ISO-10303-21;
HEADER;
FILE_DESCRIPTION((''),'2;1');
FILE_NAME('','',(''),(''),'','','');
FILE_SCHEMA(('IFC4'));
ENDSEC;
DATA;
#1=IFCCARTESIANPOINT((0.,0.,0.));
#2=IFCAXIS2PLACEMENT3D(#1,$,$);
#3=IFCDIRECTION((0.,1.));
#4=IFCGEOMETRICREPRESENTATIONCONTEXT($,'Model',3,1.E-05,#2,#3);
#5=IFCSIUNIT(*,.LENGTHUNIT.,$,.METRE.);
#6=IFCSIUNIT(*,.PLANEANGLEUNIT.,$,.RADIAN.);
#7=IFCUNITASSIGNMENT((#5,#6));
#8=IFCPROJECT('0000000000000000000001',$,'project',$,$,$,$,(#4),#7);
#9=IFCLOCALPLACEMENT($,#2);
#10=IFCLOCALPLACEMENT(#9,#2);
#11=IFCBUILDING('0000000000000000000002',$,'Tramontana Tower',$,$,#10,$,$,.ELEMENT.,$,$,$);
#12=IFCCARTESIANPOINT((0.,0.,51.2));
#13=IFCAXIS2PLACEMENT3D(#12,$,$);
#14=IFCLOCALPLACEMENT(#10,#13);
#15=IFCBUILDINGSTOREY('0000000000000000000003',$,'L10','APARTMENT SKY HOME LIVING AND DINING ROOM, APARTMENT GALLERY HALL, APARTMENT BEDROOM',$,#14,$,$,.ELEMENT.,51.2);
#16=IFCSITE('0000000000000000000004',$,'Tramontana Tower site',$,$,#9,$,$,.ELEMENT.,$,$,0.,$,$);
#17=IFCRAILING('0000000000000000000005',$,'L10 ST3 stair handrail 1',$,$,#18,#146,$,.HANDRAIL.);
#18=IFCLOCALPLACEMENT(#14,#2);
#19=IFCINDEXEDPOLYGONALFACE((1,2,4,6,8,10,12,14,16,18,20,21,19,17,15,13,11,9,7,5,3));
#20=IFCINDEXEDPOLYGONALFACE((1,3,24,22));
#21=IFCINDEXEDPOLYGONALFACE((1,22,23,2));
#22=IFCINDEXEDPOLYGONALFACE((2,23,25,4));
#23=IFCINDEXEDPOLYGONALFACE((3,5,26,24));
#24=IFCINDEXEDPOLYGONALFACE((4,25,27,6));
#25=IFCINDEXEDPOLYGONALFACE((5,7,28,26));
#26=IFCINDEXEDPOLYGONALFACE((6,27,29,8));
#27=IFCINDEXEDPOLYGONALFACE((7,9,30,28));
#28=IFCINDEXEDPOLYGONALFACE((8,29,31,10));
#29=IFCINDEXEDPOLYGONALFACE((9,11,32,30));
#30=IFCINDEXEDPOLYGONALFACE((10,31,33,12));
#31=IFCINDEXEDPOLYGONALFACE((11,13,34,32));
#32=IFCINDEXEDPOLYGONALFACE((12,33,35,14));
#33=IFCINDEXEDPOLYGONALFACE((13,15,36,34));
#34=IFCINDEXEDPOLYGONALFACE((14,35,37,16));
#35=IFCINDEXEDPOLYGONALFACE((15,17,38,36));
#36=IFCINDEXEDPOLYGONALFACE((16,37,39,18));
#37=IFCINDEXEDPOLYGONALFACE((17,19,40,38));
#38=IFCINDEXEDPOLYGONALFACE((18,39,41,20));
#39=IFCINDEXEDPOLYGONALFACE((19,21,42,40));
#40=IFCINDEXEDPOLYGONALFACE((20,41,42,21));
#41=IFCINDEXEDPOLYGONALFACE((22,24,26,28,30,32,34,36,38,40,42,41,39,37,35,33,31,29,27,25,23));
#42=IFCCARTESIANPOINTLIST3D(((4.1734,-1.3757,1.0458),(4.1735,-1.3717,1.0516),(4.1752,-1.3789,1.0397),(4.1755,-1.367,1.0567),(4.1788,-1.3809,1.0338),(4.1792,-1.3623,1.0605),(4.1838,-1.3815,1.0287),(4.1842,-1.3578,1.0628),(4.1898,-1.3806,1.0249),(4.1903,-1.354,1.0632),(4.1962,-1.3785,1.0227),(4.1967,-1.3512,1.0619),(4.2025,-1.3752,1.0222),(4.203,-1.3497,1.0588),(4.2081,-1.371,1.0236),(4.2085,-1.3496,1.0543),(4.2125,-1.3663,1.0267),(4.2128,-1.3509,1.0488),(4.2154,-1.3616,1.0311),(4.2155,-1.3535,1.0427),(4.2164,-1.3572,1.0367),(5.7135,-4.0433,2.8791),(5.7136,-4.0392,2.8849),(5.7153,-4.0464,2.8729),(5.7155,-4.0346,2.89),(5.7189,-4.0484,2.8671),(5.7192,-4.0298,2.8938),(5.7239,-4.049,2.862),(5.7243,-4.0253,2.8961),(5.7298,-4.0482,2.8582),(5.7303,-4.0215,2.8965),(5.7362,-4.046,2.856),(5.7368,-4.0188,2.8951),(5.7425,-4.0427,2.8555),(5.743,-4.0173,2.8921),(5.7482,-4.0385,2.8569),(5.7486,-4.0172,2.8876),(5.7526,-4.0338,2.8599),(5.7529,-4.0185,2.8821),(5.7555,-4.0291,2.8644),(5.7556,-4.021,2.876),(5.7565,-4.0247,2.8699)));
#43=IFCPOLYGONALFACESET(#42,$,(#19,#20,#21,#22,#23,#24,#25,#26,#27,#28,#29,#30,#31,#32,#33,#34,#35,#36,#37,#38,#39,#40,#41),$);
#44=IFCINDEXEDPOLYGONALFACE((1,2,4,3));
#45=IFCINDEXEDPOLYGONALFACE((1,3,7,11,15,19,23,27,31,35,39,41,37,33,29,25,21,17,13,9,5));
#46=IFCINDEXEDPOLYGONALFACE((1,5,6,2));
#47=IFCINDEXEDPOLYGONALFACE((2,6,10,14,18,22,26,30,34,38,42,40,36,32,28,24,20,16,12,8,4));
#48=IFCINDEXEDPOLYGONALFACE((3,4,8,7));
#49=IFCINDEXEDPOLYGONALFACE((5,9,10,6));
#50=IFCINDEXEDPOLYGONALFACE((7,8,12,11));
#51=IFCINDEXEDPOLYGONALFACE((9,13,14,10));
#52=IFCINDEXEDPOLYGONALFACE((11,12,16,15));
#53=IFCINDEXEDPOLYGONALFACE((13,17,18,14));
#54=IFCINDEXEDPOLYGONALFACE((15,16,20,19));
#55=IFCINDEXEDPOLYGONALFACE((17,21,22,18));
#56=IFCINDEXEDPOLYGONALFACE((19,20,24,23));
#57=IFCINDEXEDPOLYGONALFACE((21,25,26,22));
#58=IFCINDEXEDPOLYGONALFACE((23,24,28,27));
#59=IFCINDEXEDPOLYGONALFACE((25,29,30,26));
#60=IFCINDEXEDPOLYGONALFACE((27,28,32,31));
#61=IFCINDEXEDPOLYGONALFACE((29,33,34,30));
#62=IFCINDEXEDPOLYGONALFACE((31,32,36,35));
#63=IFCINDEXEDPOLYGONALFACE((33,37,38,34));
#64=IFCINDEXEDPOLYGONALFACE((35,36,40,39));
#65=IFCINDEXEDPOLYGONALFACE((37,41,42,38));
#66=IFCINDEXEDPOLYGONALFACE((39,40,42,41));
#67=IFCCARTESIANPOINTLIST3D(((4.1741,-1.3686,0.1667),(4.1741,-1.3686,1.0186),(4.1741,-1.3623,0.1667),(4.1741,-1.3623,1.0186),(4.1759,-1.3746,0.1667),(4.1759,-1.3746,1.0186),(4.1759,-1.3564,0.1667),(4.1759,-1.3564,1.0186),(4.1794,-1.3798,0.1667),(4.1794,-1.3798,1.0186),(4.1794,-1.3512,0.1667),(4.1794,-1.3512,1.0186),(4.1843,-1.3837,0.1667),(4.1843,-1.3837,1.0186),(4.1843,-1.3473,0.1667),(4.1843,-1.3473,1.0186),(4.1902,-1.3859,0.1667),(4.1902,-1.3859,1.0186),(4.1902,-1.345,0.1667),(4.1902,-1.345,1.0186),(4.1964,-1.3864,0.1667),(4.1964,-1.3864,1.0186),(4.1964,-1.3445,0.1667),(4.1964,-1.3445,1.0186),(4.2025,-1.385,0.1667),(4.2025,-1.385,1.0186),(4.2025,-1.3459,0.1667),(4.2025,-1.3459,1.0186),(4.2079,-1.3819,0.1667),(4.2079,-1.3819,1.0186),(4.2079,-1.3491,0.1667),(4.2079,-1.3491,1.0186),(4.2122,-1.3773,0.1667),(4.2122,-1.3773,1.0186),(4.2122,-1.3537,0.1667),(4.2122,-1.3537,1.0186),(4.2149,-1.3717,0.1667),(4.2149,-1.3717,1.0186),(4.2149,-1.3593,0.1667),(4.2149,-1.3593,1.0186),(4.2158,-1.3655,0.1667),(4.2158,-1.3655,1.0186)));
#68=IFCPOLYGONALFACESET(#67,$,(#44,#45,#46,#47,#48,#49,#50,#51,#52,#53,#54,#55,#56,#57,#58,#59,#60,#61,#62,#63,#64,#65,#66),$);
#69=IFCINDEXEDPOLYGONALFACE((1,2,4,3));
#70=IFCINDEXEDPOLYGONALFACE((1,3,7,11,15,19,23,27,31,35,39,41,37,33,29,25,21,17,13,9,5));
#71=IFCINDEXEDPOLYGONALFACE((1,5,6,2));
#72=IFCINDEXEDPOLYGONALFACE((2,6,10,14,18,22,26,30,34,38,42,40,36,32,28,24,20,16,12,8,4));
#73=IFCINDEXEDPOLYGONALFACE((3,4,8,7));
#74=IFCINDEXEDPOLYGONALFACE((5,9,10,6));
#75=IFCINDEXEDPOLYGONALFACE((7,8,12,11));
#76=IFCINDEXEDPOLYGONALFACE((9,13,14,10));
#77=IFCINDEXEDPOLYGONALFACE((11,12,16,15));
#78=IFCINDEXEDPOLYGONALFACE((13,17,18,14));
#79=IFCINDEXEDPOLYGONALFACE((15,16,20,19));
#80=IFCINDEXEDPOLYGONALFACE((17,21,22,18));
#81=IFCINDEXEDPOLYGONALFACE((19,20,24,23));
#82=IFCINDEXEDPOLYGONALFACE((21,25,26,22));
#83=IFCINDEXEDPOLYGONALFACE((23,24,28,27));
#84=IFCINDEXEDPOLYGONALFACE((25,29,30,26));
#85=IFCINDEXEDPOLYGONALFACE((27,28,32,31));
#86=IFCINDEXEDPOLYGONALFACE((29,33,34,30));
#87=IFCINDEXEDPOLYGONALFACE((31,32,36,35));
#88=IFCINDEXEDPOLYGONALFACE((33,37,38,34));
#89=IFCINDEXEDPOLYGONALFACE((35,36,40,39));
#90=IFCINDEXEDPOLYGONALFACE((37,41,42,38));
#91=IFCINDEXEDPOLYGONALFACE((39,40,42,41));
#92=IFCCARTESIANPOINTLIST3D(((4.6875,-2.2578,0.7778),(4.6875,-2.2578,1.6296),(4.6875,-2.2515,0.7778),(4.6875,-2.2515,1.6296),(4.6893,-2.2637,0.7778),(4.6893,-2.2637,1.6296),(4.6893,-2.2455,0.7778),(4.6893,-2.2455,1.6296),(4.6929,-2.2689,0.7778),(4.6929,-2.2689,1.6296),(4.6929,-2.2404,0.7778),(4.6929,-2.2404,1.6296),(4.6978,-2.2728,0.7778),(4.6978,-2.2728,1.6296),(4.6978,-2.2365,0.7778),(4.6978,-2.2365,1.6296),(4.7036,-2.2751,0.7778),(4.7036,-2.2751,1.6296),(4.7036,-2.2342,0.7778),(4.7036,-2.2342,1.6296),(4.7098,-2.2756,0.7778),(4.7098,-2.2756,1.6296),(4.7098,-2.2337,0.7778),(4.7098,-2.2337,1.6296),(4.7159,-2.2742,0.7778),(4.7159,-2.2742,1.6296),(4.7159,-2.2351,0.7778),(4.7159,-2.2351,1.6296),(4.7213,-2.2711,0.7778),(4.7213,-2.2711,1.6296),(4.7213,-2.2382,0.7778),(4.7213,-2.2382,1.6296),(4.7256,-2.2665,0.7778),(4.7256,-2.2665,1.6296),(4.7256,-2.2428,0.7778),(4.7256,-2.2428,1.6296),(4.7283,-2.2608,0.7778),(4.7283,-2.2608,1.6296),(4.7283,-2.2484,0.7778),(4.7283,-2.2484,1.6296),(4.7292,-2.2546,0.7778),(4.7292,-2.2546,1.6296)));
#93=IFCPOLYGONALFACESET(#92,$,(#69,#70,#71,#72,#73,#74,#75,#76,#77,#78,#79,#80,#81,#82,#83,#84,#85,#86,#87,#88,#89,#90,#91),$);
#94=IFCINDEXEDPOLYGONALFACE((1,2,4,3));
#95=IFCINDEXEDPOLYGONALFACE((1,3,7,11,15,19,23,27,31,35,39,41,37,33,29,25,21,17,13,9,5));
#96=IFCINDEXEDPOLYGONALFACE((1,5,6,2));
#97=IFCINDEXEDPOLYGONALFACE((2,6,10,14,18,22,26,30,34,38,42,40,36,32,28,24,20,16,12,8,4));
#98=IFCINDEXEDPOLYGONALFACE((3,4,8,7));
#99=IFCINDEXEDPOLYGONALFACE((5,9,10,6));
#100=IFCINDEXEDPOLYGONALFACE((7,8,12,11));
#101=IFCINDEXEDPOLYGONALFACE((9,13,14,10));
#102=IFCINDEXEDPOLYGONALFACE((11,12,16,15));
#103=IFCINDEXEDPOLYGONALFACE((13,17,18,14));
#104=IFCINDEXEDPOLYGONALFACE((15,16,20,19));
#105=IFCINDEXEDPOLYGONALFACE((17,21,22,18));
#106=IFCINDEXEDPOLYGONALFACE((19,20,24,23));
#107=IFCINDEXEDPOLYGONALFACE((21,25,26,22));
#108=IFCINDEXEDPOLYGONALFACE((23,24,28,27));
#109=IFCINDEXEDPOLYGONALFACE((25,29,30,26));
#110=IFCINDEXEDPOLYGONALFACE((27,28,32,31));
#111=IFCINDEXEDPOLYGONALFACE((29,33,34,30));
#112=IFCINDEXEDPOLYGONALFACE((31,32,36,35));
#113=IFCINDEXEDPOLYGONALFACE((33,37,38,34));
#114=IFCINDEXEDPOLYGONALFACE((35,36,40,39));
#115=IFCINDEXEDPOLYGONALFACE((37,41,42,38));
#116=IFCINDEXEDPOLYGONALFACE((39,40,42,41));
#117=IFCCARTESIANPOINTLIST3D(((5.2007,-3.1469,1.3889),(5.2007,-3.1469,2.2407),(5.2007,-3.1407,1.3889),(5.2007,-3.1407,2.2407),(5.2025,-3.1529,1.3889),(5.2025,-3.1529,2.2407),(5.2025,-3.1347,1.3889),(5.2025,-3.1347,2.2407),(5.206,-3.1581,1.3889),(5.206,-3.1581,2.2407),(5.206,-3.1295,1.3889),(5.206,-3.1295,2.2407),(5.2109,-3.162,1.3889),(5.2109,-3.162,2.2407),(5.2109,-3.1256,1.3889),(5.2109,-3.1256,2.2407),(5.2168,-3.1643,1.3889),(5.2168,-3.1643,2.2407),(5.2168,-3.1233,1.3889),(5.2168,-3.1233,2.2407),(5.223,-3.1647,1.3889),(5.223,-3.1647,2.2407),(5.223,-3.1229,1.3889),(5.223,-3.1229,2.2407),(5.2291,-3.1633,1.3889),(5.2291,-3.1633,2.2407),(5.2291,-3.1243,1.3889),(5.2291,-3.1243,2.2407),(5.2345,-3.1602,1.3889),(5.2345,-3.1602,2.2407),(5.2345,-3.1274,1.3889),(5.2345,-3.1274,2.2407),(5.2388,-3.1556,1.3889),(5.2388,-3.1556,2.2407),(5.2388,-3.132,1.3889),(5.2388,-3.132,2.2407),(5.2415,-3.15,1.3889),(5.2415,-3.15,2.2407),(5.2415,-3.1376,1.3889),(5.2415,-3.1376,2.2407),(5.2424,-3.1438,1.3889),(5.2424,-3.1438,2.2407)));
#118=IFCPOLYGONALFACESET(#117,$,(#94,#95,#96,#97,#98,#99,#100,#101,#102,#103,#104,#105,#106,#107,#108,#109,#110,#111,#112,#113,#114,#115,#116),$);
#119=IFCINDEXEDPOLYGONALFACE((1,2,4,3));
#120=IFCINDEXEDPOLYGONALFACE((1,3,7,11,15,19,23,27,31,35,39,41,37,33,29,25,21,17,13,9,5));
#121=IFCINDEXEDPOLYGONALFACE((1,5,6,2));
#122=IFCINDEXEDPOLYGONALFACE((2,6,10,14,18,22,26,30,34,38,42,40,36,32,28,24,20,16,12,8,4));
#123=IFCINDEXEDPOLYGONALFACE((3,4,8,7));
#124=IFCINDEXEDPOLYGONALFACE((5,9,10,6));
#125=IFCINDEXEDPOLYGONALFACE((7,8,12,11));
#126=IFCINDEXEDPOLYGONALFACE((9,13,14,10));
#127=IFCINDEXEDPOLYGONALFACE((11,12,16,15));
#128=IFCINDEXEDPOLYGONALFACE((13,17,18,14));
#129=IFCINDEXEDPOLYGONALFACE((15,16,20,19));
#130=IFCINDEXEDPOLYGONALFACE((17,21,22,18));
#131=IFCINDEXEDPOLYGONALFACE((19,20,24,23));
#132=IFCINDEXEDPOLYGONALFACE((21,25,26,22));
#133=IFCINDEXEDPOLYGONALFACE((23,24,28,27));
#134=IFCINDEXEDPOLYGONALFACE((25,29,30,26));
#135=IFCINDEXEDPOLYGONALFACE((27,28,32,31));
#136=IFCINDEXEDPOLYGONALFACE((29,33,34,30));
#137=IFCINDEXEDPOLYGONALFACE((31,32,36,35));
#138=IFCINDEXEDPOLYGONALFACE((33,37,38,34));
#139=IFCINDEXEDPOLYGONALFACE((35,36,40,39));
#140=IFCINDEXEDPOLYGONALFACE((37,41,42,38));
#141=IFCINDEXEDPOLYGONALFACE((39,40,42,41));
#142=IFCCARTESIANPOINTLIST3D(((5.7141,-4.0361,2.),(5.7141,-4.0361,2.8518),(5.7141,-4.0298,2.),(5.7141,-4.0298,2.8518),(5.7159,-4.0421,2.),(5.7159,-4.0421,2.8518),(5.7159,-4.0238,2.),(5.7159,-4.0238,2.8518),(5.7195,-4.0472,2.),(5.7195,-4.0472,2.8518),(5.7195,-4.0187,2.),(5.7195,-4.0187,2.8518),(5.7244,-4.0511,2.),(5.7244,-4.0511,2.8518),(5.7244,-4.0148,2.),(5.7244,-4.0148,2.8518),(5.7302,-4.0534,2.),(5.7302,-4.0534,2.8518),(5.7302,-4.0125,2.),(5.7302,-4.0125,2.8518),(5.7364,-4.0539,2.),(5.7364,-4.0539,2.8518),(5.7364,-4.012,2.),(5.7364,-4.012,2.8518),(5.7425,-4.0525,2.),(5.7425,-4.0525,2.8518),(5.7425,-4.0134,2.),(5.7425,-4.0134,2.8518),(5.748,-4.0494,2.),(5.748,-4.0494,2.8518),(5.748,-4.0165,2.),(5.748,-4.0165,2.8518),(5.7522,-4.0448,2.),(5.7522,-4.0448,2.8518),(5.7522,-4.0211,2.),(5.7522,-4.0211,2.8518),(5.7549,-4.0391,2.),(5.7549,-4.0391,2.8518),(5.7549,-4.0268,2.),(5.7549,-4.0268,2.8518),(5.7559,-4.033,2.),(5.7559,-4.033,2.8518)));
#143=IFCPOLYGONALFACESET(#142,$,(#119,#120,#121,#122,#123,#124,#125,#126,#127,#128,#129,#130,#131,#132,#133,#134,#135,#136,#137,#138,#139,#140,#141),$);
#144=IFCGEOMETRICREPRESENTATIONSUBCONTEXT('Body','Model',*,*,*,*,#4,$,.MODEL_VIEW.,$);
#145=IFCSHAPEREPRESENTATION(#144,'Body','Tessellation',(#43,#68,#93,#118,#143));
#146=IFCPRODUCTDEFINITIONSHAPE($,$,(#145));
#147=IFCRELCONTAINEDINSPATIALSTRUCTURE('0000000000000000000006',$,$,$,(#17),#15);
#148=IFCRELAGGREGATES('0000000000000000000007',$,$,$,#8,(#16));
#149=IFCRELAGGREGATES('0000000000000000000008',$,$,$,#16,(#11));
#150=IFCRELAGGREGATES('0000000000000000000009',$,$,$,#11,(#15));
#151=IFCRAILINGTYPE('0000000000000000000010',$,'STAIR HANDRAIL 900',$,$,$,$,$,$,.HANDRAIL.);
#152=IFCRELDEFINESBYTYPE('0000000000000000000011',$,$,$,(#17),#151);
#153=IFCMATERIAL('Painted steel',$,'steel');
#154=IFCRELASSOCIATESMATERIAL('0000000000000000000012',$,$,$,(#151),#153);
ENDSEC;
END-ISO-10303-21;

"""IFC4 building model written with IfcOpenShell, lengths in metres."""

from ifc_helpers import new_model, si_unit, direction, frame, origin, origin_2d, place, context, subcontext, project, spatial, circle, extrude, material, type_object, element, save


model = new_model("IFC4")

# Units and contexts
model_context = context("Model", 3, precision=1e-05, world=origin(), true_north=direction((0.0, 1.0)))
body_context = subcontext(model_context, "Body", "Model", "MODEL_VIEW")
ifc_project = project(units=[si_unit("LENGTHUNIT", "METRE"), si_unit("PLANEANGLEUNIT", "RADIAN")], contexts=[model_context])

# Site, building, storey
site_placement = place(None, origin())
site = spatial("IfcSite", under=ifc_project, at=site_placement, Name="Tramontana Tower site", CompositionType="ELEMENT", RefElevation=0.0)
building_placement = place(site_placement, origin())
building = spatial("IfcBuilding", under=site, at=building_placement, Name="Tramontana Tower", CompositionType="ELEMENT")
storey_placement = place(building_placement, frame((0.0, 0.0, 51.2)))
storey = spatial("IfcBuildingStorey", under=building, at=storey_placement, Name="L10", Description="APARTMENT SKY HOME LIVING AND DINING ROOM, APARTMENT GALLERY HALL, APARTMENT BEDROOM", CompositionType="ELEMENT", Elevation=51.2)

# Railing
ifc_material_1 = material(Name="Painted steel", Category="steel")
railing_type_1 = type_object("IfcRailingType", Name="STAIR HANDRAIL 900", PredefinedType="HANDRAIL", material=ifc_material_1)
railing_1_placement = place(storey_placement, frame((4.1948, -1.3655, 0.1667)))
element("IfcRailing", 1, at=railing_1_placement, inside=storey, type_object=railing_type_1, Name="L10 ST3 stair handrail 1", PredefinedType="HANDRAIL", context=body_context, shape_type="SweptSolid", body=[
    extrude(circle(Radius=0.0239, at=origin_2d()), frame((0.0, 0.0, 0.876), z_axis=(0.429649, -0.74419, 0.511452), x_axis=(0.86603, 0.499992, 0.0)), (0.0, 0.0, 1.0), 3.5845),
    extrude(circle(Radius=0.021, at=origin_2d()), origin(), (0.0, 0.0, 1.0), 0.8518),
    extrude(circle(Radius=0.021, at=origin_2d()), frame((0.5134, -0.8892, 0.6111)), (0.0, 0.0, 1.0), 0.8518),
    extrude(circle(Radius=0.021, at=origin_2d()), frame((1.0266, -1.7783, 1.2222)), (0.0, 0.0, 1.0), 0.8518),
    extrude(circle(Radius=0.021, at=origin_2d()), frame((1.54, -2.6675, 1.8333)), (0.0, 0.0, 1.0), 0.8518),
])

save(model, "model.ifc")
